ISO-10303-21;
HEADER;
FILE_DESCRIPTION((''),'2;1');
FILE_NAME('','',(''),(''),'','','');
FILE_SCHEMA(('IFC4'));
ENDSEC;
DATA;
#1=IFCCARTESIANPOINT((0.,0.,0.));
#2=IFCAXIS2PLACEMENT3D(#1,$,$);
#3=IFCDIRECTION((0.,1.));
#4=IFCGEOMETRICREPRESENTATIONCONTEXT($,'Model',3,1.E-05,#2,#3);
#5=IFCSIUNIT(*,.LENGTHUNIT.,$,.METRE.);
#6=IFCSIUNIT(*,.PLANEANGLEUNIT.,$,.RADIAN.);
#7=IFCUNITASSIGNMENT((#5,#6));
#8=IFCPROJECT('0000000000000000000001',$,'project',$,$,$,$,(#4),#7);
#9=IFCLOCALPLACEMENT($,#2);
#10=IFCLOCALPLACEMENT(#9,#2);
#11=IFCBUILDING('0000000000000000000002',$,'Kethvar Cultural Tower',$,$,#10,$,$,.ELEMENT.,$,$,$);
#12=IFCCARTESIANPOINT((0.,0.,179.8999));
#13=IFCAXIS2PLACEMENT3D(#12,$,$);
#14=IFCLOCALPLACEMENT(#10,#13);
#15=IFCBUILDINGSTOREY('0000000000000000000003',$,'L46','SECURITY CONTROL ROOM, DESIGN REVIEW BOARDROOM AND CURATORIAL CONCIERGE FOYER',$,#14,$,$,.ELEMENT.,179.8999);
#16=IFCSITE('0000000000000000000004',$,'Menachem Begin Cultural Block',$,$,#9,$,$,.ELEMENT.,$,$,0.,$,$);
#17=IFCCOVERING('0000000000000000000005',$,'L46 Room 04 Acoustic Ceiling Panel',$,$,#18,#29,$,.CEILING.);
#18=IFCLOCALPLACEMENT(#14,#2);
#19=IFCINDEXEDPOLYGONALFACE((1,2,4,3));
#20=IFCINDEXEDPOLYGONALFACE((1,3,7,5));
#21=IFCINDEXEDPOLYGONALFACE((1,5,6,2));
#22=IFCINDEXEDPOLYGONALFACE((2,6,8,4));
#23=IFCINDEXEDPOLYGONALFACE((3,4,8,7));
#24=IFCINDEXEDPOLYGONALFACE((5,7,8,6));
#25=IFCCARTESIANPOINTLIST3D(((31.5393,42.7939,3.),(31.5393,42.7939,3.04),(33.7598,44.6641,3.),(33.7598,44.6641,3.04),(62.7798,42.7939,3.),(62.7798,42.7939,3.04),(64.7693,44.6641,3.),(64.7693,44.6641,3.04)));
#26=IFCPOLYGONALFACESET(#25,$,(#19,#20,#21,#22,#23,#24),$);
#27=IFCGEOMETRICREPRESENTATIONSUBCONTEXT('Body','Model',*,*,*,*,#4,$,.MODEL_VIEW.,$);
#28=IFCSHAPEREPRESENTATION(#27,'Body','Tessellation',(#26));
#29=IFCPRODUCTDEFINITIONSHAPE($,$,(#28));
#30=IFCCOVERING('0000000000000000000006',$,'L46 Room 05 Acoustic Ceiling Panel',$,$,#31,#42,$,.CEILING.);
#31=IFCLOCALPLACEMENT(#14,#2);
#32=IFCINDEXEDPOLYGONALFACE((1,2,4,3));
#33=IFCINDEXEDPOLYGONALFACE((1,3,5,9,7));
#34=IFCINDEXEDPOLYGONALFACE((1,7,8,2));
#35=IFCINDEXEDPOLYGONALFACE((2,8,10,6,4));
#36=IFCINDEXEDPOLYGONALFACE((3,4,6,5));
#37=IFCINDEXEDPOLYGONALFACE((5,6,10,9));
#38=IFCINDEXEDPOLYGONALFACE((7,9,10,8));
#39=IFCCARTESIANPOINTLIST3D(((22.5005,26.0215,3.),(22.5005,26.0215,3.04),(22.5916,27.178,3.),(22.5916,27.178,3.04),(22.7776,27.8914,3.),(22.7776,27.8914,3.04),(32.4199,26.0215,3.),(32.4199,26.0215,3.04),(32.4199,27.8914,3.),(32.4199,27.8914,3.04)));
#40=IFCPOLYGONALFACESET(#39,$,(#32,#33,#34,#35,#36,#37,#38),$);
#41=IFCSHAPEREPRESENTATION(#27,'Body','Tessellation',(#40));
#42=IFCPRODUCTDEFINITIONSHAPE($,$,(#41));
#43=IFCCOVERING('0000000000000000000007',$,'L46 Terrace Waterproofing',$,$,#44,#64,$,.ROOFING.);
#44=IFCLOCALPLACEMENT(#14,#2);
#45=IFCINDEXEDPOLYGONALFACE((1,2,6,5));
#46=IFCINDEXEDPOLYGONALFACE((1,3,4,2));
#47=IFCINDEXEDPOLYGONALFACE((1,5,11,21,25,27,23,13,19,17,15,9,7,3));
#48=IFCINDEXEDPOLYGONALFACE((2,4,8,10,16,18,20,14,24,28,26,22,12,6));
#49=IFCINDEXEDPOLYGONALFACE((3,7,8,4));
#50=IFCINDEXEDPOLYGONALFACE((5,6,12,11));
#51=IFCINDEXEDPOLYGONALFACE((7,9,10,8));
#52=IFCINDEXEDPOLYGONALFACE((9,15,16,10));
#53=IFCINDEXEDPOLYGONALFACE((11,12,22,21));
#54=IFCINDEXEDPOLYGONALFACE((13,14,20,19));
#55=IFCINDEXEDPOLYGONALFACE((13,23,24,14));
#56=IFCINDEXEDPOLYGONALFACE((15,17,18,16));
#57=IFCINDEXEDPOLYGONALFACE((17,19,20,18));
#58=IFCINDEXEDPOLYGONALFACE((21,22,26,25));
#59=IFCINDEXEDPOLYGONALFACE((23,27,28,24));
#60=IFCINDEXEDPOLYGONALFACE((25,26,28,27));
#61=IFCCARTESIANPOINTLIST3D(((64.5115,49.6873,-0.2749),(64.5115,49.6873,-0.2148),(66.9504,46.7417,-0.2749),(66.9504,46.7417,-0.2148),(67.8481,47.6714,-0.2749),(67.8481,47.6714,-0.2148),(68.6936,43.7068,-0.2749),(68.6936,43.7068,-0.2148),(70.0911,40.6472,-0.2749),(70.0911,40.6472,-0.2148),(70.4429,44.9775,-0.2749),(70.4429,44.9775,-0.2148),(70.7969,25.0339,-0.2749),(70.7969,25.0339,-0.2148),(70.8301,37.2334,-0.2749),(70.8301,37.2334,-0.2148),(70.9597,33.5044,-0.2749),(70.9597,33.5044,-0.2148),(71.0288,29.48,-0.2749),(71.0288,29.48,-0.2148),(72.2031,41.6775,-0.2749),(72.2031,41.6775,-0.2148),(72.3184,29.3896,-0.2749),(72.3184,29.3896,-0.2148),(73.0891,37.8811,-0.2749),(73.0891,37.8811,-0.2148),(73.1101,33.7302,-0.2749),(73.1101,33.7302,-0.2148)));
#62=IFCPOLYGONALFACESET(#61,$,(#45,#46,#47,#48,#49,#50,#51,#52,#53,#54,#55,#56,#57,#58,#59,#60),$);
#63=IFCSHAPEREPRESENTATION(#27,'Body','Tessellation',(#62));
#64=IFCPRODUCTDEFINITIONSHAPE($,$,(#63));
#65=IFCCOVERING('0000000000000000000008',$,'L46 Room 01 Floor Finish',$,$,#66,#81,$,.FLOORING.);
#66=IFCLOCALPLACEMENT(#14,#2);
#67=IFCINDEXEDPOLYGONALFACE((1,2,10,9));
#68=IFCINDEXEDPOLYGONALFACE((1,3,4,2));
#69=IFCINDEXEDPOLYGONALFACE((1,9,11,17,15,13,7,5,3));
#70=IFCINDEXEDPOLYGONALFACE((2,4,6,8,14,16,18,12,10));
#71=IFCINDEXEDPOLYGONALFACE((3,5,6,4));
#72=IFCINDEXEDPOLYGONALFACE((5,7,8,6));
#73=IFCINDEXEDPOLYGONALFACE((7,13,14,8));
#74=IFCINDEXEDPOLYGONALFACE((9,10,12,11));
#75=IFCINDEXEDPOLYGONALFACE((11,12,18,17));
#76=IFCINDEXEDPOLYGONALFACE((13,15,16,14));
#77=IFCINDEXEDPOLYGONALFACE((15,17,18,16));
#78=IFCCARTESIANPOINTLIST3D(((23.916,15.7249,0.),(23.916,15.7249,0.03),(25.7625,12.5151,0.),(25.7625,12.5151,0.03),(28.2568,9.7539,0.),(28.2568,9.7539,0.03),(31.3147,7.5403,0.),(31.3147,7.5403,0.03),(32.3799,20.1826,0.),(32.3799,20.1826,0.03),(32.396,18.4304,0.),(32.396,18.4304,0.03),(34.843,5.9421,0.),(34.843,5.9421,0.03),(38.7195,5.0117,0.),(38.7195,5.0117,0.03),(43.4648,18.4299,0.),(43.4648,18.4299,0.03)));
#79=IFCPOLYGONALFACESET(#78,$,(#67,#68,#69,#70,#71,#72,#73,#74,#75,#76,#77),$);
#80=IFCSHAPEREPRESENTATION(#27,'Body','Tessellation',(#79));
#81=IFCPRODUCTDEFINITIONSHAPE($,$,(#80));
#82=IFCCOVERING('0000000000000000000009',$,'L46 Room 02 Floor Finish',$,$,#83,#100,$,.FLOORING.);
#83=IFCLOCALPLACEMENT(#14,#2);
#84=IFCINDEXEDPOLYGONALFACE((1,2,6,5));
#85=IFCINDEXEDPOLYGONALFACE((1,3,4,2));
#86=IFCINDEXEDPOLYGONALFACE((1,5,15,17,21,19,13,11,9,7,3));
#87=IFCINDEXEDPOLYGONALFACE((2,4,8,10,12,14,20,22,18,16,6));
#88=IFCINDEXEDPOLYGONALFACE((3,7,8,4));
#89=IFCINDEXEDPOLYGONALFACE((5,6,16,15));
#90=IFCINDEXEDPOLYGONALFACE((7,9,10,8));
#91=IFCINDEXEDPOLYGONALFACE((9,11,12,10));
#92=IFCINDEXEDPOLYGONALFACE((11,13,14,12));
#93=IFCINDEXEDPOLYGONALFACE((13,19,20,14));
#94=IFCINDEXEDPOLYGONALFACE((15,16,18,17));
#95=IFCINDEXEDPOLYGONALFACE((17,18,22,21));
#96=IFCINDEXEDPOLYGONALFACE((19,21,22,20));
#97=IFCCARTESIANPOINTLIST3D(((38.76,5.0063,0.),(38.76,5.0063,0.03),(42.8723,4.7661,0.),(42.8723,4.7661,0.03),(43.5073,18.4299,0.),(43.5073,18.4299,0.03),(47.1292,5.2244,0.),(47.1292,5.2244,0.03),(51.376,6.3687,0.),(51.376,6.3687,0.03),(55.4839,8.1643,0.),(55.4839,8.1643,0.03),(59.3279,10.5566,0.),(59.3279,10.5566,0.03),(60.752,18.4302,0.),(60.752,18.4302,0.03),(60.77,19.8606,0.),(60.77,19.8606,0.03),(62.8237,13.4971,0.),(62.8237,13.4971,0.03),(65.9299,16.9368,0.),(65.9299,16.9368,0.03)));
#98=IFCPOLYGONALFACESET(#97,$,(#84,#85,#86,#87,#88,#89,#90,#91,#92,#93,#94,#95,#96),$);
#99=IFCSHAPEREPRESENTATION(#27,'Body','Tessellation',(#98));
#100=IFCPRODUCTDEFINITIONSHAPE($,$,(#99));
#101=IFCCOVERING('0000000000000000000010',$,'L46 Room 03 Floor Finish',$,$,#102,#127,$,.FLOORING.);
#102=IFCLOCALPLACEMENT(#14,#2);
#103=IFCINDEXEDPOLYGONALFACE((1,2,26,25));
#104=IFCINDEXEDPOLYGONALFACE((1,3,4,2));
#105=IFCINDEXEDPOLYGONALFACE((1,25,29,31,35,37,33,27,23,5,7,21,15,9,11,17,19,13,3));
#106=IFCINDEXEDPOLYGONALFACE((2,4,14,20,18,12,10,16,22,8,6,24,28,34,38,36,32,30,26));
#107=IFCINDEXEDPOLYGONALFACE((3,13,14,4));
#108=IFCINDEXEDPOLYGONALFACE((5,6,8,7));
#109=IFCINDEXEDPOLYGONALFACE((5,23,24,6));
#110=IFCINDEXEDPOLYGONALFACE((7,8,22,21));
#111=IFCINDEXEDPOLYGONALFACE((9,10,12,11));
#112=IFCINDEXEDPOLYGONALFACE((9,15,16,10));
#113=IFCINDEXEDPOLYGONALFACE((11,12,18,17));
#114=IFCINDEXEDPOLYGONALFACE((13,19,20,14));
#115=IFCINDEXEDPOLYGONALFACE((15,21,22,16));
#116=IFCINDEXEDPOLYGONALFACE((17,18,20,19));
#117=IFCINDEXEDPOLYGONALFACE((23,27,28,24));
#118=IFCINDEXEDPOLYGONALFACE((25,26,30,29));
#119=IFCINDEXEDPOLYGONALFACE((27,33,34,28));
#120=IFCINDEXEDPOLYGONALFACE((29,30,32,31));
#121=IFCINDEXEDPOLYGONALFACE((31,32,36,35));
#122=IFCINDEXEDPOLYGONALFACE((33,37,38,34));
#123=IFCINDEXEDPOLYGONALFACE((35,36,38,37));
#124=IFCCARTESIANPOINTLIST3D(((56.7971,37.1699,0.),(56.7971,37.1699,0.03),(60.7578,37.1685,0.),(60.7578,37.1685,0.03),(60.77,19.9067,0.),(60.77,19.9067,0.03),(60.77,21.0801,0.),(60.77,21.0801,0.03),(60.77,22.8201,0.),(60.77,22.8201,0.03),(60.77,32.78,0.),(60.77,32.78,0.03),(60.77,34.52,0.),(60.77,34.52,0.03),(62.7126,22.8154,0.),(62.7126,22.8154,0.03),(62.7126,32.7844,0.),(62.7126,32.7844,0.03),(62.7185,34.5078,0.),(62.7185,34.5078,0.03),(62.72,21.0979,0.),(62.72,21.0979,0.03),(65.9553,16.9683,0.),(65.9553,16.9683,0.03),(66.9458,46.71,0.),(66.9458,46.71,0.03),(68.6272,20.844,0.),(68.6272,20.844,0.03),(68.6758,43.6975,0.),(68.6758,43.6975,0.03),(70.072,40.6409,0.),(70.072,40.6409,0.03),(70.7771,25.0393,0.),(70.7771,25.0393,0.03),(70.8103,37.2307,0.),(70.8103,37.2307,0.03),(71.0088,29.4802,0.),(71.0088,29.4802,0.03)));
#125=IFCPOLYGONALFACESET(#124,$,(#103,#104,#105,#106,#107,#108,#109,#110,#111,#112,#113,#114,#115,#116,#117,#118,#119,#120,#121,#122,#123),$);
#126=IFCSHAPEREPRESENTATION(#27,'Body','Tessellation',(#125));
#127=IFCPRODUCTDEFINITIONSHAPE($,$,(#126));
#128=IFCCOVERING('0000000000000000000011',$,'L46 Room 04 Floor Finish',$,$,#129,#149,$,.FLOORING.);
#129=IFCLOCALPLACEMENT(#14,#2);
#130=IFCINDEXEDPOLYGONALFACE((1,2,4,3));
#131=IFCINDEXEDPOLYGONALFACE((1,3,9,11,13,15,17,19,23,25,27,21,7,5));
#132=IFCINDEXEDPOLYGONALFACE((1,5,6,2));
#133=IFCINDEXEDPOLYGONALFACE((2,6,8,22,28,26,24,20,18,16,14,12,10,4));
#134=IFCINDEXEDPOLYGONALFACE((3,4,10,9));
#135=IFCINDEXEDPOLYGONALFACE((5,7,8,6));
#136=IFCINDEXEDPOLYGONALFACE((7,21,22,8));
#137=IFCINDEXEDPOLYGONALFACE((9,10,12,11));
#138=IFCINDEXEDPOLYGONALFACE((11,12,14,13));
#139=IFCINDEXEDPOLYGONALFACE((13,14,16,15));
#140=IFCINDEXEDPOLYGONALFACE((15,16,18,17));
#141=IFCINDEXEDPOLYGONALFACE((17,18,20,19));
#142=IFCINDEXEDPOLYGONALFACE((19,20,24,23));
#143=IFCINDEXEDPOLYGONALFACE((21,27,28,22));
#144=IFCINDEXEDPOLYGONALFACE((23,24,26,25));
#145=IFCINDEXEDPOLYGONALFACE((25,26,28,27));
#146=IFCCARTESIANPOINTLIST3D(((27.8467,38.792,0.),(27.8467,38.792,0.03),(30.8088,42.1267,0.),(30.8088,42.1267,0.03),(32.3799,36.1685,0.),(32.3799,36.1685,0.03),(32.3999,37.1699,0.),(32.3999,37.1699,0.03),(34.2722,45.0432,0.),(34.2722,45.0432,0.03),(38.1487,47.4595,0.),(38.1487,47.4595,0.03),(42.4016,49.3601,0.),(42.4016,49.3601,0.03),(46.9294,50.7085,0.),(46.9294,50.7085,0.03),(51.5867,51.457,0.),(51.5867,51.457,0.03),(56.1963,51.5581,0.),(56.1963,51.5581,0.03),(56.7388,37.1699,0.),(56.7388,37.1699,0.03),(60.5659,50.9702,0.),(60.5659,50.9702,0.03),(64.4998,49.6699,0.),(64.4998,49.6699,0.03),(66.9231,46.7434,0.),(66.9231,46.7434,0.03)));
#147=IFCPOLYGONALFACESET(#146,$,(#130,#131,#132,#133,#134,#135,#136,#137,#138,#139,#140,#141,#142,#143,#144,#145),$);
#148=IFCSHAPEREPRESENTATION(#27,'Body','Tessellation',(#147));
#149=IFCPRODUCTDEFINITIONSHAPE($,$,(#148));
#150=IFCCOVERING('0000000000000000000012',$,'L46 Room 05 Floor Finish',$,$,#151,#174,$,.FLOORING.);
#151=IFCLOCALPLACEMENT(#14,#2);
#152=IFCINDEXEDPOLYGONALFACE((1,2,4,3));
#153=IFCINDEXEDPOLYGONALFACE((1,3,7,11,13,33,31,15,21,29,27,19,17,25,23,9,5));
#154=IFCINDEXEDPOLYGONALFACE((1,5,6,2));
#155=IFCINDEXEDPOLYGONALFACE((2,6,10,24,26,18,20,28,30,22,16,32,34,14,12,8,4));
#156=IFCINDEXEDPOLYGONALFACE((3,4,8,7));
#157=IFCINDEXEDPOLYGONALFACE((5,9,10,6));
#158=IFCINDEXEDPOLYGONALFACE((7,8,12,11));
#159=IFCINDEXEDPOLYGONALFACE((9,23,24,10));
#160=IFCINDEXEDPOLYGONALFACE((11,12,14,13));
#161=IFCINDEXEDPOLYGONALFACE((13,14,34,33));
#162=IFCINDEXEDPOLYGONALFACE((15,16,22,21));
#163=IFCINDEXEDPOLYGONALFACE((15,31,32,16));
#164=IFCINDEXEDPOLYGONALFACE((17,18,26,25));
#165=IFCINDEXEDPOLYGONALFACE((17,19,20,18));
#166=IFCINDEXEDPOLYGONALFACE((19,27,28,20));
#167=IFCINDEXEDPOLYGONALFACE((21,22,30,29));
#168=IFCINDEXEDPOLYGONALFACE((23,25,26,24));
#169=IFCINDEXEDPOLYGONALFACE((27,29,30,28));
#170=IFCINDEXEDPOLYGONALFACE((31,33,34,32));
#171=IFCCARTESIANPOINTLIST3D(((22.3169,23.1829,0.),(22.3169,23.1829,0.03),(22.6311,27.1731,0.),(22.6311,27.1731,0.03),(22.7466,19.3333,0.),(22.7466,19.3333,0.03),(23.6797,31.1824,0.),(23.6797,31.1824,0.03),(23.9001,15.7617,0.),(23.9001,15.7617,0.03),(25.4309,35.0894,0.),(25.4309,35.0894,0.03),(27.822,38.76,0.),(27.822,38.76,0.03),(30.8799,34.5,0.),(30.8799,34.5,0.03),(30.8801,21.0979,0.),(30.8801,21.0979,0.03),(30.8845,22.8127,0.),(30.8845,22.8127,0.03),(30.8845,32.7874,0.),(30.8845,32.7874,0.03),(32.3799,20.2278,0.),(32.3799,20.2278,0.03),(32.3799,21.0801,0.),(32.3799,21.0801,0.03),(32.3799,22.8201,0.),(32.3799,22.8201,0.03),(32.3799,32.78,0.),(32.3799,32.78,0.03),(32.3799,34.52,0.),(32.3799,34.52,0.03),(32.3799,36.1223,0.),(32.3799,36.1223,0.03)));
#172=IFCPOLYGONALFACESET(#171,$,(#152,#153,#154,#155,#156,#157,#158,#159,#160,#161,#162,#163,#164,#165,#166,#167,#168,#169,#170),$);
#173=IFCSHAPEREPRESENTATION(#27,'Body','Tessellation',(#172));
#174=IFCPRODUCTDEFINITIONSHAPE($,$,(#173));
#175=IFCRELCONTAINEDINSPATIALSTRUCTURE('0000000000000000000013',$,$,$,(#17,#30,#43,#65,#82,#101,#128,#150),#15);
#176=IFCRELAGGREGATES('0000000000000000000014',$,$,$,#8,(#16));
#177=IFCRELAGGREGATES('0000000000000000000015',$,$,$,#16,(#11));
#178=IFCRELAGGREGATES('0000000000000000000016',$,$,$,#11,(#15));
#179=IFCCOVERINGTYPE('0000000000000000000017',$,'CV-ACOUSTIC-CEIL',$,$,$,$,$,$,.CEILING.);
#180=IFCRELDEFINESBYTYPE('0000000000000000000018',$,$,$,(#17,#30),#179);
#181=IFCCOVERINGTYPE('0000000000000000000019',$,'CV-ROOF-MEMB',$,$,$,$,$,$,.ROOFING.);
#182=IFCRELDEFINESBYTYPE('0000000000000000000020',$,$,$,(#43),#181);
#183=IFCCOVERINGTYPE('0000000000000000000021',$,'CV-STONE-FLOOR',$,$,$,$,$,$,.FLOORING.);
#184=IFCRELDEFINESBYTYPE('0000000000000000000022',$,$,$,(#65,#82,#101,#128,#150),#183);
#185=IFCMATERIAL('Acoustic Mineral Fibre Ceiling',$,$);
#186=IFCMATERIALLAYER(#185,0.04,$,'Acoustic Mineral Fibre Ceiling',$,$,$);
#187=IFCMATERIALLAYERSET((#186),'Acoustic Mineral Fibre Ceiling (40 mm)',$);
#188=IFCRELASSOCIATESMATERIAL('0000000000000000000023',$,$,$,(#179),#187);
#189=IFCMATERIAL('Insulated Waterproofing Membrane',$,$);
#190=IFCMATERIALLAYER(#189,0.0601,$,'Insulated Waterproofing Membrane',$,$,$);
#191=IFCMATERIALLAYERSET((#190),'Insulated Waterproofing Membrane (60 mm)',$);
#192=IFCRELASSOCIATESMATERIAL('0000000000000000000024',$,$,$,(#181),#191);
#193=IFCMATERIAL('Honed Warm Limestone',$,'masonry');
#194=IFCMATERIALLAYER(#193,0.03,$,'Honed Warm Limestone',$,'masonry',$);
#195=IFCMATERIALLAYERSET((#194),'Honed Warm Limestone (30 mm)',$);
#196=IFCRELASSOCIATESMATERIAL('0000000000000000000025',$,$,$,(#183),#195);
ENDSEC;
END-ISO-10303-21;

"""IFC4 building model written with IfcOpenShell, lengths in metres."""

from ifc_helpers import new_model, si_unit, direction, frame, origin, place, context, subcontext, project, spatial, polyline, outline, extrude, material, layer, layer_set, type_object, element, save


model = new_model("IFC4")

# Units and contexts
model_context = context("Model", 3, precision=1e-05, world=origin(), true_north=direction((0.0, 1.0)))
body_context = subcontext(model_context, "Body", "Model", "MODEL_VIEW")
ifc_project = project(units=[si_unit("LENGTHUNIT", "METRE"), si_unit("PLANEANGLEUNIT", "RADIAN")], contexts=[model_context])

# Site, building, storey
site_placement = place(None, origin())
site = spatial("IfcSite", under=ifc_project, at=site_placement, Name="Menachem Begin Cultural Block", CompositionType="ELEMENT", RefElevation=0.0)
building_placement = place(site_placement, origin())
building = spatial("IfcBuilding", under=site, at=building_placement, Name="Kethvar Cultural Tower", CompositionType="ELEMENT")
storey_placement = place(building_placement, frame((0.0, 0.0, 179.8999)))
storey = spatial("IfcBuildingStorey", under=building, at=storey_placement, Name="L46", Description="SECURITY CONTROL ROOM, DESIGN REVIEW BOARDROOM AND CURATORIAL CONCIERGE FOYER", CompositionType="ELEMENT", Elevation=179.8999)

# Coverings
ifc_material_1 = material(Name="Acoustic Mineral Fibre Ceiling")
ifc_layer_1 = layer(ifc_material_1, 0.04, Name="Acoustic Mineral Fibre Ceiling")
ifc_layer_set_1 = layer_set([ifc_layer_1], Name="Acoustic Mineral Fibre Ceiling (40 mm)")
covering_type_1 = type_object("IfcCoveringType", Name="CV-ACOUSTIC-CEIL", PredefinedType="CEILING", material=ifc_layer_set_1)
covering_1_placement = place(storey_placement, frame((0.0, 0.0, 3.0)))
element("IfcCovering", 1, at=covering_1_placement, inside=storey, type_object=covering_type_1, Name="L46 Room 04 Acoustic Ceiling Panel", PredefinedType="CEILING", context=body_context, shape_type="SweptSolid", body=[
    extrude(outline(polyline([(33.7598, 44.6641), (64.7693, 44.6641), (62.7798, 42.7939), (31.5393, 42.7939), (33.7598, 44.6641)])), origin(), (0.0, 0.0, 1.0), 0.04),
])
covering_2_placement = place(storey_placement, frame((0.0, 0.0, 3.0)))
element("IfcCovering", 2, at=covering_2_placement, inside=storey, type_object=covering_type_1, Name="L46 Room 05 Acoustic Ceiling Panel", PredefinedType="CEILING", context=body_context, shape_type="SweptSolid", body=[
    extrude(outline(polyline([(22.5916, 27.178), (22.7776, 27.8914), (32.4199, 27.8914), (32.4199, 26.0215), (22.5005, 26.0215), (22.5916, 27.178)])), origin(), (0.0, 0.0, 1.0), 0.04),
])
ifc_material_2 = material(Name="Insulated Waterproofing Membrane")
ifc_layer_2 = layer(ifc_material_2, 0.0601, Name="Insulated Waterproofing Membrane")
ifc_layer_set_2 = layer_set([ifc_layer_2], Name="Insulated Waterproofing Membrane (60 mm)")
covering_type_2 = type_object("IfcCoveringType", Name="CV-ROOF-MEMB", PredefinedType="ROOFING", material=ifc_layer_set_2)
covering_3_placement = place(storey_placement, frame((0.0, 0.0, -0.2749)))
element("IfcCovering", 3, at=covering_3_placement, inside=storey, type_object=covering_type_2, Name="L46 Terrace Waterproofing", PredefinedType="ROOFING", context=body_context, shape_type="SweptSolid", body=[
    extrude(outline(polyline([(70.7969, 25.0339), (72.3184, 29.3896), (73.1101, 33.7302), (73.0891, 37.8811), (72.2031, 41.6775), (70.4429, 44.9775), (67.8481, 47.6714), (64.5115, 49.6873), (66.9504, 46.7417), (68.6936, 43.7068), (70.0911, 40.6472), (70.8301, 37.2334), (70.9597, 33.5044), (71.0288, 29.48), (70.7969, 25.0339)])), origin(), (0.0, 0.0, 1.0), 0.0601),
])
ifc_material_3 = material(Name="Honed Warm Limestone", Category="masonry")
ifc_layer_3 = layer(ifc_material_3, 0.03, Name="Honed Warm Limestone", Category="masonry")
ifc_layer_set_3 = layer_set([ifc_layer_3], Name="Honed Warm Limestone (30 mm)")
covering_type_3 = type_object("IfcCoveringType", Name="CV-STONE-FLOOR", PredefinedType="FLOORING", material=ifc_layer_set_3)
covering_4_placement = place(storey_placement, origin())
element("IfcCovering", 4, at=covering_4_placement, inside=storey, type_object=covering_type_3, Name="L46 Room 01 Floor Finish", PredefinedType="FLOORING", context=body_context, shape_type="SweptSolid", body=[
    extrude(outline(polyline([(34.843, 5.9421), (31.3147, 7.5403), (28.2568, 9.7539), (25.7625, 12.5151), (23.916, 15.7249), (32.3799, 20.1826), (32.396, 18.4304), (43.4648, 18.4299), (38.7195, 5.0117), (34.843, 5.9421)])), origin(), (0.0, 0.0, 1.0), 0.03),
])
covering_5_placement = place(storey_placement, origin())
element("IfcCovering", 5, at=covering_5_placement, inside=storey, type_object=covering_type_3, Name="L46 Room 02 Floor Finish", PredefinedType="FLOORING", context=body_context, shape_type="SweptSolid", body=[
    extrude(outline(polyline([(62.8237, 13.4971), (59.3279, 10.5566), (55.4839, 8.1643), (51.376, 6.3687), (47.1292, 5.2244), (42.8723, 4.7661), (38.76, 5.0063), (43.5073, 18.4299), (60.752, 18.4302), (60.77, 19.8606), (65.9299, 16.9368), (62.8237, 13.4971)])), origin(), (0.0, 0.0, 1.0), 0.03),
])
covering_6_placement = place(storey_placement, origin())
element("IfcCovering", 6, at=covering_6_placement, inside=storey, type_object=covering_type_3, Name="L46 Room 03 Floor Finish", PredefinedType="FLOORING", context=body_context, shape_type="SweptSolid", body=[
    extrude(outline(polyline([(70.8103, 37.2307), (71.0088, 29.4802), (70.7771, 25.0393), (68.6272, 20.844), (65.9553, 16.9683), (60.77, 19.9067), (60.77, 21.0801), (62.72, 21.0979), (62.7126, 22.8154), (60.77, 22.8201), (60.77, 32.78), (62.7126, 32.7844), (62.7185, 34.5078), (60.77, 34.52), (60.7578, 37.1685), (56.7971, 37.1699), (66.9458, 46.71), (68.6758, 43.6975), (70.072, 40.6409), (70.8103, 37.2307)])), origin(), (0.0, 0.0, 1.0), 0.03),
])
covering_7_placement = place(storey_placement, origin())
element("IfcCovering", 7, at=covering_7_placement, inside=storey, type_object=covering_type_3, Name="L46 Room 04 Floor Finish", PredefinedType="FLOORING", context=body_context, shape_type="SweptSolid", body=[
    extrude(outline(polyline([(30.8088, 42.1267), (34.2722, 45.0432), (38.1487, 47.4595), (42.4016, 49.3601), (46.9294, 50.7085), (51.5867, 51.457), (56.1963, 51.5581), (60.5659, 50.9702), (64.4998, 49.6699), (66.9231, 46.7434), (56.7388, 37.1699), (32.3999, 37.1699), (32.3799, 36.1685), (27.8467, 38.792), (30.8088, 42.1267)])), origin(), (0.0, 0.0, 1.0), 0.03),
])
covering_8_placement = place(storey_placement, origin())
element("IfcCovering", 8, at=covering_8_placement, inside=storey, type_object=covering_type_3, Name="L46 Room 05 Floor Finish", PredefinedType="FLOORING", context=body_context, shape_type="SweptSolid", body=[
    extrude(outline(polyline([(22.7466, 19.3333), (22.3169, 23.1829), (22.6311, 27.1731), (23.6797, 31.1824), (25.4309, 35.0894), (27.822, 38.76), (32.3799, 36.1223), (32.3799, 34.52), (30.8799, 34.5), (30.8845, 32.7874), (32.3799, 32.78), (32.3799, 22.8201), (30.8845, 22.8127), (30.8801, 21.0979), (32.3799, 21.0801), (32.3799, 20.2278), (23.9001, 15.7617), (22.7466, 19.3333)])), origin(), (0.0, 0.0, 1.0), 0.03),
])

save(model, "model.ifc")
